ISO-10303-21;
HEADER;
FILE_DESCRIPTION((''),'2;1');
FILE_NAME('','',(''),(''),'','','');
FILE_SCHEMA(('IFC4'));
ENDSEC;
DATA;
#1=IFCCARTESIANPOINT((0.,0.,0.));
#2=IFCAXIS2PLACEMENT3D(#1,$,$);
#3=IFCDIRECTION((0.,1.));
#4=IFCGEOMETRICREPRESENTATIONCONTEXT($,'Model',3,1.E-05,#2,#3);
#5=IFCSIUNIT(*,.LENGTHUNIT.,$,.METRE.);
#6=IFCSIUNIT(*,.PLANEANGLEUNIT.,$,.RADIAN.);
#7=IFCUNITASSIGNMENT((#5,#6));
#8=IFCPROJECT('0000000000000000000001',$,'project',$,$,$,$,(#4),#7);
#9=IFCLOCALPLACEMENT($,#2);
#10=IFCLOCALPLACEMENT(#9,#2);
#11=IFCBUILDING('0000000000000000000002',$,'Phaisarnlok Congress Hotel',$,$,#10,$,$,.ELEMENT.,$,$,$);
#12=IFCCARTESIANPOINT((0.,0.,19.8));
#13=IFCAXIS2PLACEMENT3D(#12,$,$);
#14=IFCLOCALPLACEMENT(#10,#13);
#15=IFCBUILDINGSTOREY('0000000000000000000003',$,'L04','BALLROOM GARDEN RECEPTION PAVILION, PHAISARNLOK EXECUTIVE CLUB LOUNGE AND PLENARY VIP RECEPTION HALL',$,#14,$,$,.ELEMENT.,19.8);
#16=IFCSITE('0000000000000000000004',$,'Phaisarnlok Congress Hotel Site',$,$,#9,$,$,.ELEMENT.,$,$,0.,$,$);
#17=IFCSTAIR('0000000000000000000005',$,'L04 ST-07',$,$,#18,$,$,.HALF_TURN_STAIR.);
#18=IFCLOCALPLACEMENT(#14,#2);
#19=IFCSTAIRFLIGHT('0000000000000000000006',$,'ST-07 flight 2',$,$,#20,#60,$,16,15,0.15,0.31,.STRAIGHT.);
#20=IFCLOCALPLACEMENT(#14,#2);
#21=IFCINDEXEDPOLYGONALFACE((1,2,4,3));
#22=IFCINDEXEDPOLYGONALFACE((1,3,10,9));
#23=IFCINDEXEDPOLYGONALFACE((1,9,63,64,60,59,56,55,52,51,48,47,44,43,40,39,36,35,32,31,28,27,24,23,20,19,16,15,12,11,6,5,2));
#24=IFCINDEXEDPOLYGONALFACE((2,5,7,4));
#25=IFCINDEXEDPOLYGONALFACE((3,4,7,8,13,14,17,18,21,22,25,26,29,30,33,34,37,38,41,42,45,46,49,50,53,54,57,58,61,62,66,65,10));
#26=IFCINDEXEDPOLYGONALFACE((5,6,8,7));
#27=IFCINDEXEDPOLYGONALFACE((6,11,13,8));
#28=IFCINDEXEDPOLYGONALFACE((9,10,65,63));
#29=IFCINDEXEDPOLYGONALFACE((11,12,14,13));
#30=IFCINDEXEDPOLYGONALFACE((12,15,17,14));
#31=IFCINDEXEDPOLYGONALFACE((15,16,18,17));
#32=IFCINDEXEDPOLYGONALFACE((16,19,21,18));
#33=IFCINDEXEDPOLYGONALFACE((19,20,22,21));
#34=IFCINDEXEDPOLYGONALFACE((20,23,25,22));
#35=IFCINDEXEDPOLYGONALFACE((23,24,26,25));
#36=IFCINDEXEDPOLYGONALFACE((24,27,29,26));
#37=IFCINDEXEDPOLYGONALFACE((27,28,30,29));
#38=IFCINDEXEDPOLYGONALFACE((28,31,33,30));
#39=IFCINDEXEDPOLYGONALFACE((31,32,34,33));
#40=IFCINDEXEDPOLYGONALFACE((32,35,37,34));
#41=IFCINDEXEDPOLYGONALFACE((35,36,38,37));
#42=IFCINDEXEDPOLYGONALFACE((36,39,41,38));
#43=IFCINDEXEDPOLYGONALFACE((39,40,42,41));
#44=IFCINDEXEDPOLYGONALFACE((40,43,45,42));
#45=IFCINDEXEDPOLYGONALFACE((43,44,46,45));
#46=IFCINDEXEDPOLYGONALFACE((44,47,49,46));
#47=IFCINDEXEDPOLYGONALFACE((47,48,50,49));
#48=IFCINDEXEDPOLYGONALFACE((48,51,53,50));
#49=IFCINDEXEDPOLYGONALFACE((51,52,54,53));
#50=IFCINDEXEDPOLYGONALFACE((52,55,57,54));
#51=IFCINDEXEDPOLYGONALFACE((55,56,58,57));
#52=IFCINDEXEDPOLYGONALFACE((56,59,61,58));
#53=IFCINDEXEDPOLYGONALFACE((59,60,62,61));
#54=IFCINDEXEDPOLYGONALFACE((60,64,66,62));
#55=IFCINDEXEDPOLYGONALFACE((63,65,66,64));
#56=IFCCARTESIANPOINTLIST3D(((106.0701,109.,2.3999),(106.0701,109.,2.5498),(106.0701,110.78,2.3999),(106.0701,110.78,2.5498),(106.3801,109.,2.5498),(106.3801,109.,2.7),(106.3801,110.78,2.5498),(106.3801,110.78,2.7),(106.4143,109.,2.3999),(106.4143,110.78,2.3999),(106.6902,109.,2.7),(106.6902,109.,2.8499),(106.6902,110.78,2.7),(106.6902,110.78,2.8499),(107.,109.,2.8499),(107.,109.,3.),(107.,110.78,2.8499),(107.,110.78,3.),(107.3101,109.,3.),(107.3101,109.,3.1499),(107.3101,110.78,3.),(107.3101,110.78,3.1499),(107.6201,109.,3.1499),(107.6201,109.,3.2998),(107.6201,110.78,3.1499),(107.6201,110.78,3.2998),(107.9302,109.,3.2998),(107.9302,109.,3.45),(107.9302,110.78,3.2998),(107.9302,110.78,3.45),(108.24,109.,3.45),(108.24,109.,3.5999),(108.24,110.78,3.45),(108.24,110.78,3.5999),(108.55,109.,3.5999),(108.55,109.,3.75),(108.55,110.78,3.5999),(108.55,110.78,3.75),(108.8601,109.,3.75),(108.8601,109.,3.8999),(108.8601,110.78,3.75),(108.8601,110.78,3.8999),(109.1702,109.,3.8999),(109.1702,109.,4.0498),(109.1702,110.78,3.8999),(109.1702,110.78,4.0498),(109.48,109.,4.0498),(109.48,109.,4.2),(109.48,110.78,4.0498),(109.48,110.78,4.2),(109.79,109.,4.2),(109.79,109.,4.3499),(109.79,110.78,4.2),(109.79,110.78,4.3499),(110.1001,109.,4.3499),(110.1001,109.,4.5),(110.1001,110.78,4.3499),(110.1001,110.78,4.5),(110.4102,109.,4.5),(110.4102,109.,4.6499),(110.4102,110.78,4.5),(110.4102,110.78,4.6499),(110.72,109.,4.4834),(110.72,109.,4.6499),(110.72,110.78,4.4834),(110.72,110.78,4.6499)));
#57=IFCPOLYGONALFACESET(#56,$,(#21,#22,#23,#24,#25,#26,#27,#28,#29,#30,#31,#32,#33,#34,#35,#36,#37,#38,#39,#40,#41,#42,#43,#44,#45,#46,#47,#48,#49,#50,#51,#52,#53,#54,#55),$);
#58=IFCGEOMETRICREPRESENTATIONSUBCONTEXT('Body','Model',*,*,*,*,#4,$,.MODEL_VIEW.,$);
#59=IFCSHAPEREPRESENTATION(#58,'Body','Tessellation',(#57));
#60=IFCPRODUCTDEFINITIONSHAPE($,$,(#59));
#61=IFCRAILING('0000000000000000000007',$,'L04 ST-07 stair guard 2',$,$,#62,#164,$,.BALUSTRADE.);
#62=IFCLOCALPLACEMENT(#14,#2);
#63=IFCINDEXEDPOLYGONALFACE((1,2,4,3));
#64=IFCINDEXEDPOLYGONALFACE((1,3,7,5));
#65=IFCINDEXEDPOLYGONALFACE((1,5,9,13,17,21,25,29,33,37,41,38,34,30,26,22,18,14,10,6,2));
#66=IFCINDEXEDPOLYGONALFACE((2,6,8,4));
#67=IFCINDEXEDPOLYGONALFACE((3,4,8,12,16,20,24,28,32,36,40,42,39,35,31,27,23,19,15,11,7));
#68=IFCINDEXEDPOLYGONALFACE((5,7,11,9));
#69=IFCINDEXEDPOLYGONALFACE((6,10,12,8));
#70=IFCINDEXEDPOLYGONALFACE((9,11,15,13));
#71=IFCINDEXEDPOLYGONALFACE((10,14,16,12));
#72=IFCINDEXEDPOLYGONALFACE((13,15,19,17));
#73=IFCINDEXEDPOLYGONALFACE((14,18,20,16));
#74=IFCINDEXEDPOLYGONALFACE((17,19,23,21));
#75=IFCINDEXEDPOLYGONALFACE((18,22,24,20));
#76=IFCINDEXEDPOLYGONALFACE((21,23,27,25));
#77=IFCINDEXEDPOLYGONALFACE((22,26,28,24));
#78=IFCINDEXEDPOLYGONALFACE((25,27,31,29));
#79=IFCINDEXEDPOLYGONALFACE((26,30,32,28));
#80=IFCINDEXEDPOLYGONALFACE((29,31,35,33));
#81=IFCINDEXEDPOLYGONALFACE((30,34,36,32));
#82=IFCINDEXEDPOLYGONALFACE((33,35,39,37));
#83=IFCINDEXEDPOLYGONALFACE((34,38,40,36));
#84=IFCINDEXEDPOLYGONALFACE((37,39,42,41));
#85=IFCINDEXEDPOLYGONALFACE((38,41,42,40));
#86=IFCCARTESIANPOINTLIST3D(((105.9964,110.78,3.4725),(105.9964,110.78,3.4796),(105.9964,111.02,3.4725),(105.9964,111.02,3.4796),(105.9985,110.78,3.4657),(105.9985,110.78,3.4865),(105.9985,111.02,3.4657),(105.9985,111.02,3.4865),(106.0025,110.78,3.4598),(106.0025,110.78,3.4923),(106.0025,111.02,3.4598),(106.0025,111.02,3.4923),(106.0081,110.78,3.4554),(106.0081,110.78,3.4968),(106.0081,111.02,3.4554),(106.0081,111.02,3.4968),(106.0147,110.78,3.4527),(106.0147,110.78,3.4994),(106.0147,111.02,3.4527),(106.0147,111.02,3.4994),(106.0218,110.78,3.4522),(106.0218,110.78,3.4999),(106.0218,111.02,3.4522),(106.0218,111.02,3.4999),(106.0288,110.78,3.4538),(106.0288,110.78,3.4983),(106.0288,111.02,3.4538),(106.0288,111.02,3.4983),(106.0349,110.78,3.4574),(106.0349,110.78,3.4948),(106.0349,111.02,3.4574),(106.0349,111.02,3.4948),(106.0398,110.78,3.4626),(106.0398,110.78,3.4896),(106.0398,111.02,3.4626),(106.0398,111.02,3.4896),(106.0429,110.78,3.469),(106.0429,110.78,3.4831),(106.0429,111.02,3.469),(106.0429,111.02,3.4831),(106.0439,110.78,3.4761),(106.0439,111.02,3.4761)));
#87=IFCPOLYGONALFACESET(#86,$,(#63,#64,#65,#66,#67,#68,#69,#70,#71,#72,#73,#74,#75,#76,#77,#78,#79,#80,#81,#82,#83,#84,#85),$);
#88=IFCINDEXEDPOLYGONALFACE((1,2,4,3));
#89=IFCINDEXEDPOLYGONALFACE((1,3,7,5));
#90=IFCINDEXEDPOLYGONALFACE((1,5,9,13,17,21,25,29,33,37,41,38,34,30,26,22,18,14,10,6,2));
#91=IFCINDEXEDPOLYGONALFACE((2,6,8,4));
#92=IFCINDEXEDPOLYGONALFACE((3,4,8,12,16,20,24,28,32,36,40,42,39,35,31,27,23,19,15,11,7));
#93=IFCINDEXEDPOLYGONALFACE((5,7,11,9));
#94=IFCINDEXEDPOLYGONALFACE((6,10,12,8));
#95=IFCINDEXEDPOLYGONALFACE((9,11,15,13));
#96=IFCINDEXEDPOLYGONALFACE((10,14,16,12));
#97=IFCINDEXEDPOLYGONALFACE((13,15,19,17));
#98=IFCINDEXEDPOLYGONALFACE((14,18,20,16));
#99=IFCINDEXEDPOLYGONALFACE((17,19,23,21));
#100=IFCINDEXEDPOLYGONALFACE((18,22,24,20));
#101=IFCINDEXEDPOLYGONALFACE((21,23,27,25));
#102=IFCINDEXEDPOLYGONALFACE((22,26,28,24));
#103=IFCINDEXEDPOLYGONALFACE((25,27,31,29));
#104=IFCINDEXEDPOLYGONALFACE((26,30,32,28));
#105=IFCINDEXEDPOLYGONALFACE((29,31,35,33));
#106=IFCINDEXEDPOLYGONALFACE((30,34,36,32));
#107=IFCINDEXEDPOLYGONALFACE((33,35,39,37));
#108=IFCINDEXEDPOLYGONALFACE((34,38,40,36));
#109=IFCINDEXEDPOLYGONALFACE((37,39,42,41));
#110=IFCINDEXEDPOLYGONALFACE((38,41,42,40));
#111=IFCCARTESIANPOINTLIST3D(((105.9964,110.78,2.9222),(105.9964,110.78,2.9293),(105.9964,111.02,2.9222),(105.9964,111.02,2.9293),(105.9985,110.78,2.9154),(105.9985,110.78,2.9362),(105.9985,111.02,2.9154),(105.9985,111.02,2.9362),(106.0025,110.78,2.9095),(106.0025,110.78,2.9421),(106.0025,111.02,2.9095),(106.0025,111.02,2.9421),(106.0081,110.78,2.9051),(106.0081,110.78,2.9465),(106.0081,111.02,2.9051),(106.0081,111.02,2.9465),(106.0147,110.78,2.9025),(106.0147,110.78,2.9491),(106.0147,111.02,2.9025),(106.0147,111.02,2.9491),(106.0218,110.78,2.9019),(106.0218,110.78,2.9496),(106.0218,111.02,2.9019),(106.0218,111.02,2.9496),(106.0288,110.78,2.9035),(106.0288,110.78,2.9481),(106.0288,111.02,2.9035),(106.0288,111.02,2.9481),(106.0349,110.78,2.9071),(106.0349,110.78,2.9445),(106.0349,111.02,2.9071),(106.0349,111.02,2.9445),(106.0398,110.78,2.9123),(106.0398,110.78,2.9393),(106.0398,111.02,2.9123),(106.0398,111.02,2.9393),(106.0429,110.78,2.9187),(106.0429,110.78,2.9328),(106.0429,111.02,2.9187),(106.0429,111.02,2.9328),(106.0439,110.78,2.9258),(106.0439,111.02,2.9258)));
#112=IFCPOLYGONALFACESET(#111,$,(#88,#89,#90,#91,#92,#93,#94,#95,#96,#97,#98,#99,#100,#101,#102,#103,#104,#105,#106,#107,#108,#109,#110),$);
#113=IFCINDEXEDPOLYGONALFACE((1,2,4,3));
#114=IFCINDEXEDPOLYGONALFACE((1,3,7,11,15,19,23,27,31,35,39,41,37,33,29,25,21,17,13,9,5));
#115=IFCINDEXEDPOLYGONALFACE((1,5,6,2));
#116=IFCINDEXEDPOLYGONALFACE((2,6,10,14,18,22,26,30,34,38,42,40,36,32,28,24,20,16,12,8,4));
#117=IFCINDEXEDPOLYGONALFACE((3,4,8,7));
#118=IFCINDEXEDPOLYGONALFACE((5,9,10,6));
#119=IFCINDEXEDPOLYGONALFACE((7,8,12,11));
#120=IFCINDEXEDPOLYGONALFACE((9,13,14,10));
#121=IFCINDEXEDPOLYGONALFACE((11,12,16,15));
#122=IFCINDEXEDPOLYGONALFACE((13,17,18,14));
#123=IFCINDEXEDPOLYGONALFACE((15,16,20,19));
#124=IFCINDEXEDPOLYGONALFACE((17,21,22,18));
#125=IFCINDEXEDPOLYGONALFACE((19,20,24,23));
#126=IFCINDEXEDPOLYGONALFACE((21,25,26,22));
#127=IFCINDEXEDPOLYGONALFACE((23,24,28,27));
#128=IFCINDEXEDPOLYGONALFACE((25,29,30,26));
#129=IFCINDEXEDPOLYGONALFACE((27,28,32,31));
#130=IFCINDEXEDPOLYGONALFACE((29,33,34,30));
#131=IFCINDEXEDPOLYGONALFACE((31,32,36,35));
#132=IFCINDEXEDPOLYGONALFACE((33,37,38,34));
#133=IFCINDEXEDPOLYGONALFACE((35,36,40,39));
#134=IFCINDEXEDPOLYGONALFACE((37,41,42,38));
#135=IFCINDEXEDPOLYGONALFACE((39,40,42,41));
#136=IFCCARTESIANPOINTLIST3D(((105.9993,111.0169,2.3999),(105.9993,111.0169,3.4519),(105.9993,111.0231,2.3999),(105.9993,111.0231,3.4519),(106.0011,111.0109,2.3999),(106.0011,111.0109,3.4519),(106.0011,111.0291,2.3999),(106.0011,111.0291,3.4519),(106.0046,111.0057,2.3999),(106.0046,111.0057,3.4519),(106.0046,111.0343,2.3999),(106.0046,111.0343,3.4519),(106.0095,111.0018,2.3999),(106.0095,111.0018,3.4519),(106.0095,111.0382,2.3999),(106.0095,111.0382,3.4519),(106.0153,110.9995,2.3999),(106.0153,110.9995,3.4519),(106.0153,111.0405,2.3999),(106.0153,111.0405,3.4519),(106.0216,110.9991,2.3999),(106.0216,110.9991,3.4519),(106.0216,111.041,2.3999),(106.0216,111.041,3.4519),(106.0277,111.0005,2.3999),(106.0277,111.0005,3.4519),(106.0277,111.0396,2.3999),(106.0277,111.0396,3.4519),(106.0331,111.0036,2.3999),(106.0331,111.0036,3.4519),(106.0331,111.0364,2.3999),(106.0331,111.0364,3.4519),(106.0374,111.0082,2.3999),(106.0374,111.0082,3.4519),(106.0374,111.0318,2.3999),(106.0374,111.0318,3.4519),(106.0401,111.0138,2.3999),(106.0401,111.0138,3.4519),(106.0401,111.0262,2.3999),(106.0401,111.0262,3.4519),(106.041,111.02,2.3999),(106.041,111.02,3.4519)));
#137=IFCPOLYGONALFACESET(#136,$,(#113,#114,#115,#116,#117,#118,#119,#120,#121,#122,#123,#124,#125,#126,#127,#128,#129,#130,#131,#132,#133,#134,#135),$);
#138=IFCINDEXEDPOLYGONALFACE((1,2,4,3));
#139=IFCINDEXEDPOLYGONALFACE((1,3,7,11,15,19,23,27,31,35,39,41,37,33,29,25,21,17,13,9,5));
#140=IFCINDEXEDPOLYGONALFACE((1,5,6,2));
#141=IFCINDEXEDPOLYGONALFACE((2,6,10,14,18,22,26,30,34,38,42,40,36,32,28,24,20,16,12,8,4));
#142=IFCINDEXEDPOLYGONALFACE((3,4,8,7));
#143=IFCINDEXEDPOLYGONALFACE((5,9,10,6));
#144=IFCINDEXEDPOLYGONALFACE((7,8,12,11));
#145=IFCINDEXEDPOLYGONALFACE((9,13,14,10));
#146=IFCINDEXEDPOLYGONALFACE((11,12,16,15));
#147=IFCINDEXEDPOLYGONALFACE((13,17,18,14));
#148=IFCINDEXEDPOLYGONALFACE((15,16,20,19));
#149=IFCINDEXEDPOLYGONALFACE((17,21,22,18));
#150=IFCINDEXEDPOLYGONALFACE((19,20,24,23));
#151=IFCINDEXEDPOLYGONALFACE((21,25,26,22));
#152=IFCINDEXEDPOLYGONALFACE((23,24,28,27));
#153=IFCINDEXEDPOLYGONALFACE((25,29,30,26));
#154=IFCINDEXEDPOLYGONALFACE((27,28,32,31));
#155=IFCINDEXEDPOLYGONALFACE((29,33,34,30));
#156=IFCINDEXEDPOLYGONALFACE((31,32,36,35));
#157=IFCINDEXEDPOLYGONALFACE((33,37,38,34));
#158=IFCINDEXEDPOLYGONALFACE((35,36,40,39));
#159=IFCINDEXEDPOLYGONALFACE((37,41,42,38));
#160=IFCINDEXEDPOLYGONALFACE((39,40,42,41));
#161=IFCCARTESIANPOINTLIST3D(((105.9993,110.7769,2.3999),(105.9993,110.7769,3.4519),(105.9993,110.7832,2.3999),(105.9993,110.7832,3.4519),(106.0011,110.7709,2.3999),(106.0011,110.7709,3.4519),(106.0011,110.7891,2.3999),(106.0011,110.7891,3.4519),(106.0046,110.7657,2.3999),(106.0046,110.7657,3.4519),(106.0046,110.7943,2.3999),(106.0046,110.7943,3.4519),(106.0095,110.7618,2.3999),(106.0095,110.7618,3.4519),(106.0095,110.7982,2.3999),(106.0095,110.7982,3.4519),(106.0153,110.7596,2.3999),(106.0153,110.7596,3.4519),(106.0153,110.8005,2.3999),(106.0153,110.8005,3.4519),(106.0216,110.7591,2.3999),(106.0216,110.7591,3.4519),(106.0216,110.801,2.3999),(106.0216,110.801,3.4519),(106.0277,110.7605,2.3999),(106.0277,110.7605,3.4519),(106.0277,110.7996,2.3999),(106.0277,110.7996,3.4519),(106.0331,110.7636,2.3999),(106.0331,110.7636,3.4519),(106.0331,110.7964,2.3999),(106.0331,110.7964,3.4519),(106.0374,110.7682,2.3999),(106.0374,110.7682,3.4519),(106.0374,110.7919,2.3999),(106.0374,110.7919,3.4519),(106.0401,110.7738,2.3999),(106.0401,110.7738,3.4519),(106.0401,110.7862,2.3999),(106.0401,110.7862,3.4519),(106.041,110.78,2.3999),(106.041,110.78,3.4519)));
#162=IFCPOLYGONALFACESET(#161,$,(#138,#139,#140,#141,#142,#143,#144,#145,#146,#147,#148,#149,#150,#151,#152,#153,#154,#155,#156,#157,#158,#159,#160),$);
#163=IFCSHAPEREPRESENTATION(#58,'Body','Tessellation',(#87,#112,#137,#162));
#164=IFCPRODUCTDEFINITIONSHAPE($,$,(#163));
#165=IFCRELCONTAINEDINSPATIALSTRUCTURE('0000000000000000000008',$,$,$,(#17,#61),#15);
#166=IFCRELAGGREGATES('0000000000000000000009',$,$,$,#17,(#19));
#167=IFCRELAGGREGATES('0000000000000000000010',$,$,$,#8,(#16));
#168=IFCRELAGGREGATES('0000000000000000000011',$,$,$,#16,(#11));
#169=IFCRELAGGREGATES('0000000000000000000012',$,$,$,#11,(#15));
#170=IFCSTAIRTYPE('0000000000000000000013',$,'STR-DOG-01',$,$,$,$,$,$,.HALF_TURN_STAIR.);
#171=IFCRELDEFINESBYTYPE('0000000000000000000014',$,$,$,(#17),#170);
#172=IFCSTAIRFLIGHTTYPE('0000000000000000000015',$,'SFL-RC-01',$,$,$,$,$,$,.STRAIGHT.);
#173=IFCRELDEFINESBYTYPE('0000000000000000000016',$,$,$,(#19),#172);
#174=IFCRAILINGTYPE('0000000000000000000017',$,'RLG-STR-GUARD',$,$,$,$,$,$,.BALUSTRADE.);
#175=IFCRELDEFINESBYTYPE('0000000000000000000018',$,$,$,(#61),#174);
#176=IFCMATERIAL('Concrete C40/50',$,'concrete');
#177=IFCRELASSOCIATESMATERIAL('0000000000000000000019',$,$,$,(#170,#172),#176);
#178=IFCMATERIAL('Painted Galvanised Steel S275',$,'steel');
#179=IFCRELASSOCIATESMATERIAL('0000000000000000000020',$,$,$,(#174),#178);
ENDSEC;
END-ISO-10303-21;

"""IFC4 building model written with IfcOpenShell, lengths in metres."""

from ifc_helpers import new_model, si_unit, direction, frame, origin, origin_2d, place, context, subcontext, project, spatial, polyline, circle, outline, extrude, material, type_object, element, aggregate, save


model = new_model("IFC4")

# Units and contexts
model_context = context("Model", 3, precision=1e-05, world=origin(), true_north=direction((0.0, 1.0)))
body_context = subcontext(model_context, "Body", "Model", "MODEL_VIEW")
ifc_project = project(units=[si_unit("LENGTHUNIT", "METRE"), si_unit("PLANEANGLEUNIT", "RADIAN")], contexts=[model_context])

# Site, building, storey
site_placement = place(None, origin())
site = spatial("IfcSite", under=ifc_project, at=site_placement, Name="Phaisarnlok Congress Hotel Site", CompositionType="ELEMENT", RefElevation=0.0)
building_placement = place(site_placement, origin())
building = spatial("IfcBuilding", under=site, at=building_placement, Name="Phaisarnlok Congress Hotel", CompositionType="ELEMENT")
storey_placement = place(building_placement, frame((0.0, 0.0, 19.8)))
storey = spatial("IfcBuildingStorey", under=building, at=storey_placement, Name="L04", Description="BALLROOM GARDEN RECEPTION PAVILION, PHAISARNLOK EXECUTIVE CLUB LOUNGE AND PLENARY VIP RECEPTION HALL", CompositionType="ELEMENT", Elevation=19.8)

# Shared definitions
ifc_material_1 = material(Name="Concrete C40/50", Category="concrete")

# Stair, stair flight
stair_type = type_object("IfcStairType", Name="STR-DOG-01", PredefinedType="HALF_TURN_STAIR", material=ifc_material_1)
stair_placement = place(storey_placement, origin())
stair = element("IfcStair", 1, at=stair_placement, inside=storey, type_object=stair_type, Name="L04 ST-07", PredefinedType="HALF_TURN_STAIR")
stair_flight_type = type_object("IfcStairFlightType", Name="SFL-RC-01", PredefinedType="STRAIGHT", material=ifc_material_1)
stair_flight_placement = place(storey_placement, frame((106.0701, 109.8899, 2.3999), z_axis=(0.0, 0.0, 1.0), x_axis=(1.0, 0.0, 0.0)))
stair_flight = element("IfcStairFlight", 2, at=stair_flight_placement, type_object=stair_flight_type, Name="ST-07 flight 2", NumberOfRisers=16, NumberOfTreads=15, PredefinedType="STRAIGHT", RiserHeight=0.15, TreadLength=0.31, context=body_context, shape_type="SweptSolid", body=[
    extrude(outline(polyline([(0.0, 0.0), (0.0, 0.1499), (0.3101, 0.1499), (0.3101, 0.3), (0.6201, 0.3), (0.6201, 0.45), (0.9299, 0.45), (0.9299, 0.6001), (1.24, 0.6001), (1.24, 0.75), (1.55, 0.75), (1.55, 0.8999), (1.8601, 0.8999), (1.8601, 1.05), (2.1699, 1.05), (2.1699, 1.2), (2.48, 1.2), (2.48, 1.3501), (2.79, 1.3501), (2.79, 1.5), (3.1001, 1.5), (3.1001, 1.6499), (3.4099, 1.6499), (3.4099, 1.8), (3.72, 1.8), (3.72, 1.95), (4.03, 1.95), (4.03, 2.1001), (4.3401, 2.1001), (4.3401, 2.25), (4.6499, 2.25), (4.6499, 2.3999), (4.6499, 2.0835), (0.3442, 0.0), (0.0, 0.0)])), frame((0.0, 0.8901, 0.0), z_axis=(0.0, -1.0, 0.0), x_axis=(1.0, 0.0, 0.0)), (0.0, 0.0, 1.0), 1.78),
])
aggregate(stair, [stair_flight])

# Railing
ifc_material_2 = material(Name="Painted Galvanised Steel S275", Category="steel")
railing_type_1 = type_object("IfcRailingType", Name="RLG-STR-GUARD", PredefinedType="BALUSTRADE", material=ifc_material_2)
railing_1_placement = place(storey_placement, frame((106.02, 111.02, 2.3999)))
element("IfcRailing", 3, at=railing_1_placement, inside=storey, type_object=railing_type_1, Name="L04 ST-07 stair guard 2", PredefinedType="BALUSTRADE", context=body_context, shape_type="SweptSolid", body=[
    extrude(circle(Radius=0.0239, at=origin_2d()), frame((0.0, 0.0, 1.0762), z_axis=(0.0, -1.0, 0.0), x_axis=(1.0, 0.0, 0.0)), (0.0, 0.0, 1.0), 0.24),
    extrude(circle(Radius=0.0239, at=origin_2d()), frame((0.0, 0.0, 0.5259), z_axis=(0.0, -1.0, 0.0), x_axis=(1.0, 0.0, 0.0)), (0.0, 0.0, 1.0), 0.24),
    extrude(circle(Radius=0.021, at=origin_2d()), origin(), (0.0, 0.0, 1.0), 1.052),
    extrude(circle(Radius=0.021, at=origin_2d()), frame((0.0, -0.24, 0.0)), (0.0, 0.0, 1.0), 1.052),
])

save(model, "model.ifc")
